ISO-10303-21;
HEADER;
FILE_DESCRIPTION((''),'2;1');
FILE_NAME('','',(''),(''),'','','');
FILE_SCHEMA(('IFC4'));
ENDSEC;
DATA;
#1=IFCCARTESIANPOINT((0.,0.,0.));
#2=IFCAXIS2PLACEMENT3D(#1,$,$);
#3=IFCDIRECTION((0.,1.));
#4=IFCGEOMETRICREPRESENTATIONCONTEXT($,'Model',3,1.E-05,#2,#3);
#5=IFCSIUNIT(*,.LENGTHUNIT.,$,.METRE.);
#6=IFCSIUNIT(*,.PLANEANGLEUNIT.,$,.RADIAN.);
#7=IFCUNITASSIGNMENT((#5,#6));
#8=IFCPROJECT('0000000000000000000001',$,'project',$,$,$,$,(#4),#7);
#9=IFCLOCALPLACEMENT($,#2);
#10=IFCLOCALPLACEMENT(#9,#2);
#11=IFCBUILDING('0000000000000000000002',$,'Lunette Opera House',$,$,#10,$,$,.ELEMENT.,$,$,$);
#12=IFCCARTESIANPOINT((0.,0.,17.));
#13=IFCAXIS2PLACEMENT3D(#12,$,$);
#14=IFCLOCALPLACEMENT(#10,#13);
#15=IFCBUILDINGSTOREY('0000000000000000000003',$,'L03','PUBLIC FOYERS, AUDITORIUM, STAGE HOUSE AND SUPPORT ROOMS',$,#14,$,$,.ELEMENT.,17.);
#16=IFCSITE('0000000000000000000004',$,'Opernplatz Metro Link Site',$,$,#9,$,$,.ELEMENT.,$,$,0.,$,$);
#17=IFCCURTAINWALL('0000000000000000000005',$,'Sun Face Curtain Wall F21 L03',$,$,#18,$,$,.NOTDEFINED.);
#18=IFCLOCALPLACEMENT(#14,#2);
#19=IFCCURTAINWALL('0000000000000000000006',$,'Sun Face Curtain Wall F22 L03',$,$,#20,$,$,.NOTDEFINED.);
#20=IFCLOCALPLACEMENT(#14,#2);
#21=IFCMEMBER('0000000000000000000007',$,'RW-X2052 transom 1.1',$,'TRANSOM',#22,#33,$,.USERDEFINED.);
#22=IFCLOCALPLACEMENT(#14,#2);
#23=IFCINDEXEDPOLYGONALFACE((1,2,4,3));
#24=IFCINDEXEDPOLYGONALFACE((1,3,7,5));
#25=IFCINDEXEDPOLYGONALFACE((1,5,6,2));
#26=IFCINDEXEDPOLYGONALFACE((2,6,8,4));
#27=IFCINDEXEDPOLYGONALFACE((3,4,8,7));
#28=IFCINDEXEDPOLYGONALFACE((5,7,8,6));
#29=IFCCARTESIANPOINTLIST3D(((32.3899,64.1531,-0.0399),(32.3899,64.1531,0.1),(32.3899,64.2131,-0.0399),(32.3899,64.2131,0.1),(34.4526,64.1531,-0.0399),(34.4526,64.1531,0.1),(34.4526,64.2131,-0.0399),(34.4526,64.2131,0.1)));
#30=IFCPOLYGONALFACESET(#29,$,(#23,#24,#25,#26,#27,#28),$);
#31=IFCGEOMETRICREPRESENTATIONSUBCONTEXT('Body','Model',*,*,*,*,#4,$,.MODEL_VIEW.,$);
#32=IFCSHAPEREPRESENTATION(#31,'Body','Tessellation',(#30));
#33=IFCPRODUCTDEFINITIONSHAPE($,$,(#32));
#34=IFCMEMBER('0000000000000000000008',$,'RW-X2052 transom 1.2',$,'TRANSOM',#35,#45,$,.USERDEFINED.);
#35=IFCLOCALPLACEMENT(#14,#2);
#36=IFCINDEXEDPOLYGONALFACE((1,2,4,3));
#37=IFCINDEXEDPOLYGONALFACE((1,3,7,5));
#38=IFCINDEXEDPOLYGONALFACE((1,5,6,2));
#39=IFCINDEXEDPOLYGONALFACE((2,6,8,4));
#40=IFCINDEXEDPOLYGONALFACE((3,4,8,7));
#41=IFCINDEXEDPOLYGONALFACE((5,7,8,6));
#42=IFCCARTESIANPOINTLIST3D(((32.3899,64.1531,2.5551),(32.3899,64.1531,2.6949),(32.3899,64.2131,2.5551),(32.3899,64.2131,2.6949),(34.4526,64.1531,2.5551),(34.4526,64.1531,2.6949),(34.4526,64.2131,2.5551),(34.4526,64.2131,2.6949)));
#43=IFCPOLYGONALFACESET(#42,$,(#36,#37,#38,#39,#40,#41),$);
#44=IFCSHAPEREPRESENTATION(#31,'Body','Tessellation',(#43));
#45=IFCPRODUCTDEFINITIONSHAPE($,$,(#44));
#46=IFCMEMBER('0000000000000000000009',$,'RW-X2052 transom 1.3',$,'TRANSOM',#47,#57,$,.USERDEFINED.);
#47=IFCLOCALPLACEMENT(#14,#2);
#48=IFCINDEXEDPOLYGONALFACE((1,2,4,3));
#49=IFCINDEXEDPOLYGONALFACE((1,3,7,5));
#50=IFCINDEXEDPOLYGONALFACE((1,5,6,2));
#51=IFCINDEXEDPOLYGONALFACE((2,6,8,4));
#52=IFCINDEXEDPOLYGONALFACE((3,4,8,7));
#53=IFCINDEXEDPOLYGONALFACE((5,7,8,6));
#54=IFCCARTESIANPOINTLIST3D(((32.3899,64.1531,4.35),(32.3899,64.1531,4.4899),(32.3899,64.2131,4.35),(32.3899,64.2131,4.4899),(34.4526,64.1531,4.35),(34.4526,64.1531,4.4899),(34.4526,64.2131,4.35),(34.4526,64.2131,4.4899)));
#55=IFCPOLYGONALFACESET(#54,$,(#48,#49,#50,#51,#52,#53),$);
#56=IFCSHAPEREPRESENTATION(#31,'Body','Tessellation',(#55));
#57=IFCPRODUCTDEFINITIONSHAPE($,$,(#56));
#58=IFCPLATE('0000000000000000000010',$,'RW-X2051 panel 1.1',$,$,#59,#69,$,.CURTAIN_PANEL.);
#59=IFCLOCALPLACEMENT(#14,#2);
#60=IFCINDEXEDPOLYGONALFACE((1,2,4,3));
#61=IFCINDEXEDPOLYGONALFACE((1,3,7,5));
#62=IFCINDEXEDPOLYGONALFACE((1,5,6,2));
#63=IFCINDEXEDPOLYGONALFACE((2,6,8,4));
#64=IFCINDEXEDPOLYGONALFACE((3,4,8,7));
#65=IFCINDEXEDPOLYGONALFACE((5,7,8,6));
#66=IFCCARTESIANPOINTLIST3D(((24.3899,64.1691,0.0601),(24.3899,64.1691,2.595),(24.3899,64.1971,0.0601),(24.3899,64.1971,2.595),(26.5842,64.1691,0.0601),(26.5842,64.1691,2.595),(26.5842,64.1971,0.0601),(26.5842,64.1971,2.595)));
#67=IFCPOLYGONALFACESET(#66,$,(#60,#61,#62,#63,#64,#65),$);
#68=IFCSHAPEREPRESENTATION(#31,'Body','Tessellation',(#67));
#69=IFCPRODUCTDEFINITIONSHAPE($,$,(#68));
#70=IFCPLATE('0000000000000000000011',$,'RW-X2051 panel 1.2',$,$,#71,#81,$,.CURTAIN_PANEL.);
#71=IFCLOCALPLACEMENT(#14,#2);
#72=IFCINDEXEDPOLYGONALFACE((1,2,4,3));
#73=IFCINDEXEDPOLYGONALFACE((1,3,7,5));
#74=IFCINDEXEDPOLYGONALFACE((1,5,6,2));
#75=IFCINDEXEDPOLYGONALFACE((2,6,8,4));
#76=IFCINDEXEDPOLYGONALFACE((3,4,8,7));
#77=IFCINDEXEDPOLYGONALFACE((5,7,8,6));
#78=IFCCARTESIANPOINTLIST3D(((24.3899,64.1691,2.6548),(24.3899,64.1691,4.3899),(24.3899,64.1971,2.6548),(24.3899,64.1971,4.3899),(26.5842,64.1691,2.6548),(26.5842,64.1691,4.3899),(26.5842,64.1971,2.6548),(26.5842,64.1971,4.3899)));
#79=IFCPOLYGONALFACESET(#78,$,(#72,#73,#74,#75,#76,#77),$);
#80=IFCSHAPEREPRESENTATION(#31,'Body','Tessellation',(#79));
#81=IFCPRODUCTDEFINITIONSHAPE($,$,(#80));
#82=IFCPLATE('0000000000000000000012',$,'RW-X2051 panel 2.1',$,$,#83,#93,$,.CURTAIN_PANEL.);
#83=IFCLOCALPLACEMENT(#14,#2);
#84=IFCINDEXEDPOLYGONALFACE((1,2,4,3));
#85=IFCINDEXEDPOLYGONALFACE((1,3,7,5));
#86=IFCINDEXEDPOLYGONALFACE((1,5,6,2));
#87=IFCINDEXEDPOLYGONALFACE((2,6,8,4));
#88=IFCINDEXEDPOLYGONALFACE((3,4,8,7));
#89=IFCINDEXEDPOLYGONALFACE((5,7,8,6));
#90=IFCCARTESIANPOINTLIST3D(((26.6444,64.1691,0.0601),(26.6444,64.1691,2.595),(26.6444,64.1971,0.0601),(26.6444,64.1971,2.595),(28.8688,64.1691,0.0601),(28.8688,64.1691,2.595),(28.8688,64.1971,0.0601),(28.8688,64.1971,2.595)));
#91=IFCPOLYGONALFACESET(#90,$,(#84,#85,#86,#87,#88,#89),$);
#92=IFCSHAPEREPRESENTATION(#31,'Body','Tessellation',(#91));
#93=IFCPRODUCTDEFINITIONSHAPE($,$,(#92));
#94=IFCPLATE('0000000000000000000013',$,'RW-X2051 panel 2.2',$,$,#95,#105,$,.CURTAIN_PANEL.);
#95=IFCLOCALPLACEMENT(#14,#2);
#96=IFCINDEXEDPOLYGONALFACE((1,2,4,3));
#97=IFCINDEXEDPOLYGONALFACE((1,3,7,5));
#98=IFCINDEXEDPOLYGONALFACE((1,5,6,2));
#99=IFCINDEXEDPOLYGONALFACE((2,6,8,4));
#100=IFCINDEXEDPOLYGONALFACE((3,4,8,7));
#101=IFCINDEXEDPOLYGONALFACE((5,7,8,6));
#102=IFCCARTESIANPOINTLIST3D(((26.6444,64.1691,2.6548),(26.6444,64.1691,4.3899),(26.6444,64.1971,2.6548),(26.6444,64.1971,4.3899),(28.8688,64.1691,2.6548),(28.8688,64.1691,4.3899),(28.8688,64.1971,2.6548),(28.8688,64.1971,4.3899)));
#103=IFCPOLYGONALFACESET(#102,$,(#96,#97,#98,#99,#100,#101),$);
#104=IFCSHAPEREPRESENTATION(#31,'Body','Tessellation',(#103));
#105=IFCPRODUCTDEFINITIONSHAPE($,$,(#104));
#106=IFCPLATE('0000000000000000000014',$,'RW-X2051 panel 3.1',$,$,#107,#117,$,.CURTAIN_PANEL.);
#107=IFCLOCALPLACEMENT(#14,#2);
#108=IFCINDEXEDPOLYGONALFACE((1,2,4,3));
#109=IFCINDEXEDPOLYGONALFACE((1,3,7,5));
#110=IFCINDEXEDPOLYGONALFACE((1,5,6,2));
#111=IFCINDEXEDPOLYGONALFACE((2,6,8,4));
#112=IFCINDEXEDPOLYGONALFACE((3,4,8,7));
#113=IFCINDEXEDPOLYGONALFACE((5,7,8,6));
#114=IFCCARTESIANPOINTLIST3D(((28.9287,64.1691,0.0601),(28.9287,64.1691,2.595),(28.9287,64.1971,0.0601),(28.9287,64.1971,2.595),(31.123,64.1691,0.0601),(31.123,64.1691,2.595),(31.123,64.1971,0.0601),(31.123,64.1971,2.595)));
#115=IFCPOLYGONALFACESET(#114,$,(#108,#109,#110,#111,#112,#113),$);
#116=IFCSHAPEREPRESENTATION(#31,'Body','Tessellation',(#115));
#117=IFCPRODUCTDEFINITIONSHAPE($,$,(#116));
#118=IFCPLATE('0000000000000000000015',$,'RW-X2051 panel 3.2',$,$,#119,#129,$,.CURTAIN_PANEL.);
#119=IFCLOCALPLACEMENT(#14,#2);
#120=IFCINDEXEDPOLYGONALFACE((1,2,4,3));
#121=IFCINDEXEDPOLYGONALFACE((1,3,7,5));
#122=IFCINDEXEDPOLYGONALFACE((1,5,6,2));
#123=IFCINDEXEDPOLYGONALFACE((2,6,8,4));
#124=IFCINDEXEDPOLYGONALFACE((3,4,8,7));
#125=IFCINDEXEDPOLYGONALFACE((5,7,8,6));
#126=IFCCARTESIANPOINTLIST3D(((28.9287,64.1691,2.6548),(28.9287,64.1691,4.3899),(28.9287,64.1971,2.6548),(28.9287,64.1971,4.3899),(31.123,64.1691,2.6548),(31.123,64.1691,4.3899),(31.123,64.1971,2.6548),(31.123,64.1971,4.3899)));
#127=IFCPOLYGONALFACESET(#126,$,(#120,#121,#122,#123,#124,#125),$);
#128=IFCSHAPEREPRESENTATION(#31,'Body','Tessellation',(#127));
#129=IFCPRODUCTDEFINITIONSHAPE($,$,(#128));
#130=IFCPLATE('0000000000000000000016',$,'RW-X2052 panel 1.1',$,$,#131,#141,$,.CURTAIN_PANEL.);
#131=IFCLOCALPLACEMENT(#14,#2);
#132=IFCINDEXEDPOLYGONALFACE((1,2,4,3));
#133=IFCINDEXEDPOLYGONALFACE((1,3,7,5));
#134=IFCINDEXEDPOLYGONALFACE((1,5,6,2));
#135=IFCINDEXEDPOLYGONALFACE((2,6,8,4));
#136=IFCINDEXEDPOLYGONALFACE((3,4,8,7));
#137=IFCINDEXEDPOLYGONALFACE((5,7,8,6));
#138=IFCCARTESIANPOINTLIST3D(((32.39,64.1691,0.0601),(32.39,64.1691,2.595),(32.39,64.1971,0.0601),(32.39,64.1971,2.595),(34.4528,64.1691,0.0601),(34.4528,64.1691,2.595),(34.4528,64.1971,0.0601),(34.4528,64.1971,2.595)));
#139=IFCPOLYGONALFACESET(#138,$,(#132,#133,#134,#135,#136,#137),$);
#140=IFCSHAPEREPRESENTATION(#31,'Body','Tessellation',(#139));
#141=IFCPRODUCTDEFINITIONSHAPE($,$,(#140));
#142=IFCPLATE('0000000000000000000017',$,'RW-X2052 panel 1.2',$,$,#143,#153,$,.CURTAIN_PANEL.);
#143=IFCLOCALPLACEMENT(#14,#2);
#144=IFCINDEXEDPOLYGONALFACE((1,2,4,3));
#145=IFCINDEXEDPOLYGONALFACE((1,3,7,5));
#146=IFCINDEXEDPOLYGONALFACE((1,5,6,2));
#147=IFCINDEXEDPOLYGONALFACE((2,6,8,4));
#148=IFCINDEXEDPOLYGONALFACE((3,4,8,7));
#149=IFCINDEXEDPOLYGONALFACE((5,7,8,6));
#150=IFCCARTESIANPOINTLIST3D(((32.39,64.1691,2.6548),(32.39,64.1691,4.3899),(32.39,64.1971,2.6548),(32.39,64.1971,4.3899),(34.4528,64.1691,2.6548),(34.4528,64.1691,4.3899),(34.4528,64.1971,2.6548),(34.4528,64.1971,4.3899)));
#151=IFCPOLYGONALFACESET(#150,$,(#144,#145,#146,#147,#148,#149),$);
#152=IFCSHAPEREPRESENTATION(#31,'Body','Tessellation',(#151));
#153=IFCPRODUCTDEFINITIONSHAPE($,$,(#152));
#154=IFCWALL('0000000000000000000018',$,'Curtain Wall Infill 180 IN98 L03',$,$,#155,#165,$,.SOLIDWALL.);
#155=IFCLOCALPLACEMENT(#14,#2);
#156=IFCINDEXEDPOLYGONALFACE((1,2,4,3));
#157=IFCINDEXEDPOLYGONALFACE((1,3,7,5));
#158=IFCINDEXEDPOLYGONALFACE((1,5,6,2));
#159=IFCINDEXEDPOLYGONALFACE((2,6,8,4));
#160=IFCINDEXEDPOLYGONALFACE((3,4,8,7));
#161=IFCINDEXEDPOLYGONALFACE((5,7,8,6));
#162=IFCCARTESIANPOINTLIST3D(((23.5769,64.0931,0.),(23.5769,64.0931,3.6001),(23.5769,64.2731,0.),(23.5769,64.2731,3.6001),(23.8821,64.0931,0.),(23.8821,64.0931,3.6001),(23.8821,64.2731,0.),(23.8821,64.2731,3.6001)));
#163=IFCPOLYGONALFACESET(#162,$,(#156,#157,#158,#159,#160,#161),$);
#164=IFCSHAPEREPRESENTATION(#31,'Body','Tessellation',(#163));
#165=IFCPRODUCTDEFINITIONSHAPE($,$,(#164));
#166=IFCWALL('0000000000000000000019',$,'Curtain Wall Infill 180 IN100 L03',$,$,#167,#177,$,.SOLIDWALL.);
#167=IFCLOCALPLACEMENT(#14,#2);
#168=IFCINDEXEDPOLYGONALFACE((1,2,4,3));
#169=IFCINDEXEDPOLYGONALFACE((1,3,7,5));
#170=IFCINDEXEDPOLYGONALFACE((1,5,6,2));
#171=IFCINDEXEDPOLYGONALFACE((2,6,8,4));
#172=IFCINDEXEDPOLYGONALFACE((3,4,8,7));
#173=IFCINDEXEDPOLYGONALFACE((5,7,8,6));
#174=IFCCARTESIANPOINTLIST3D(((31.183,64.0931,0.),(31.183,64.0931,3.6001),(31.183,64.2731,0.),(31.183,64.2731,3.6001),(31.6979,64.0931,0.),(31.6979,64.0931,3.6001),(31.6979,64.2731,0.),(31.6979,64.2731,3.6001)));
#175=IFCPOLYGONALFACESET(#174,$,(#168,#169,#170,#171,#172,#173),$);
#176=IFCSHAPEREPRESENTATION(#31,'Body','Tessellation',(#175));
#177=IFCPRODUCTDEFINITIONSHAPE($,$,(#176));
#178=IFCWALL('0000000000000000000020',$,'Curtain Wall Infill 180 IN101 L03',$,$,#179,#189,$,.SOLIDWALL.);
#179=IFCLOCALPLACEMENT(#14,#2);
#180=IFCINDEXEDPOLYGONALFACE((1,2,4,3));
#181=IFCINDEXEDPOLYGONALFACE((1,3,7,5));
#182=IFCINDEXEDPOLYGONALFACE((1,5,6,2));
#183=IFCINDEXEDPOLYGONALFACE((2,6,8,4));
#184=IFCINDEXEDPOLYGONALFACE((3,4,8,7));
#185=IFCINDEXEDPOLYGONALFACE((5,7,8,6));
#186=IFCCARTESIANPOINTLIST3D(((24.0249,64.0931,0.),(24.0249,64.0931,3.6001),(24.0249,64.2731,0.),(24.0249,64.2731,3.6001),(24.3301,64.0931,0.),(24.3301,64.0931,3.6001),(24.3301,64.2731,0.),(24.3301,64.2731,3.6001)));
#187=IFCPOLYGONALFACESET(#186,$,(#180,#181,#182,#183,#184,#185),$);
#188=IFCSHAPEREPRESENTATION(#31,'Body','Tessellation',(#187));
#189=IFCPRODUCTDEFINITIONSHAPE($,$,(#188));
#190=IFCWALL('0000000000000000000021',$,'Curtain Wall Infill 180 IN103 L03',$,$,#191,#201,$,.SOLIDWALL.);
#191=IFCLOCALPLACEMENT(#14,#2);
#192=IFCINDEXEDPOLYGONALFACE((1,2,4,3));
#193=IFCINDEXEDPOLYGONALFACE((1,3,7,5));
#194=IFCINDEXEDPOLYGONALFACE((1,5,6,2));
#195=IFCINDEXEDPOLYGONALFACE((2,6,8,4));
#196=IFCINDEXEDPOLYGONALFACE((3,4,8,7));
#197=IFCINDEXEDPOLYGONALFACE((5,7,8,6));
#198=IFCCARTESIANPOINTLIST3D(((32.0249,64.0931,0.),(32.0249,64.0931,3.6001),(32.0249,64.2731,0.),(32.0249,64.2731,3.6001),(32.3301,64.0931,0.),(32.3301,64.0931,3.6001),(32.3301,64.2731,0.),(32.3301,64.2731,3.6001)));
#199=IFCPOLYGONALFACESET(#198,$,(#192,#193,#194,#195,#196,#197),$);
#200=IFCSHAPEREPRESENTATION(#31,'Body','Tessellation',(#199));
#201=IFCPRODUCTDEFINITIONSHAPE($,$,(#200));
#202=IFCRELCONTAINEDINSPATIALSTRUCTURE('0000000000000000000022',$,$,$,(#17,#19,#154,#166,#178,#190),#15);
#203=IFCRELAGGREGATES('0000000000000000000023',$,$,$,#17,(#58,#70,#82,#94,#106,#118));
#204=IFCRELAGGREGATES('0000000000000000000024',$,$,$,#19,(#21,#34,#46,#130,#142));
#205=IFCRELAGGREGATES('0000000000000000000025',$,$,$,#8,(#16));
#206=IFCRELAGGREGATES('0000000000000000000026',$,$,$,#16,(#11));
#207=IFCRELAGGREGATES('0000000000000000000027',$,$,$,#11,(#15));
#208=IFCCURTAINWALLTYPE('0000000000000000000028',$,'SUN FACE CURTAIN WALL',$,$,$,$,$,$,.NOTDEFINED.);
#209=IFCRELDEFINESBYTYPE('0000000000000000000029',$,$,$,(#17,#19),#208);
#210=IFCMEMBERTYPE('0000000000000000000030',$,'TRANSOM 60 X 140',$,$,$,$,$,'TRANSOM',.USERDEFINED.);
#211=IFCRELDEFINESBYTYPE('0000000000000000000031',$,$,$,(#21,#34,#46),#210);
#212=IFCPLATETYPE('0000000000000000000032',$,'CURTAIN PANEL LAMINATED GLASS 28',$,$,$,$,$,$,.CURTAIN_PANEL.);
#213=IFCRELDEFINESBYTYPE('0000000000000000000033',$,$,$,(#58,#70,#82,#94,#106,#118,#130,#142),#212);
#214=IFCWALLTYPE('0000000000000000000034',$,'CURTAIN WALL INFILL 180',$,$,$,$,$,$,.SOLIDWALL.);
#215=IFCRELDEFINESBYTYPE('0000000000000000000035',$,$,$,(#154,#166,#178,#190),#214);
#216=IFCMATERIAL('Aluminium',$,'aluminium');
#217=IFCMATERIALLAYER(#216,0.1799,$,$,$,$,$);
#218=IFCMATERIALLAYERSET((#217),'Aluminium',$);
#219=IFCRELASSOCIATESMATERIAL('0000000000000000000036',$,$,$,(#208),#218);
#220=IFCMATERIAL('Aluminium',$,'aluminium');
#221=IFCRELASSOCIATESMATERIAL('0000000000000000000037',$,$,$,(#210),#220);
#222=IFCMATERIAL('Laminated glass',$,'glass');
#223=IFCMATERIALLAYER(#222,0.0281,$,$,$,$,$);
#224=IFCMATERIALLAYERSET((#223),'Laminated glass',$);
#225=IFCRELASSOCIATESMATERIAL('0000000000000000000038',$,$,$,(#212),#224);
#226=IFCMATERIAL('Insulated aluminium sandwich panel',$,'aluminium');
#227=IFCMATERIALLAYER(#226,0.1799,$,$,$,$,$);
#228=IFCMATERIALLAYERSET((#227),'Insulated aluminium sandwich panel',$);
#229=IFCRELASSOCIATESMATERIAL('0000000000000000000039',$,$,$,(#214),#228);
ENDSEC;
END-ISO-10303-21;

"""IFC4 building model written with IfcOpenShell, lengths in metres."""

from ifc_helpers import new_model, si_unit, direction, frame, frame_2d, origin, origin_2d, place, context, subcontext, project, spatial, rectangle, extrude, material, layer, layer_set, material_profile, profile_set, type_object, element, aggregate, save


model = new_model("IFC4")

# Units and contexts
model_context = context("Model", 3, precision=1e-05, world=origin(), true_north=direction((0.0, 1.0)))
body_context = subcontext(model_context, "Body", "Model", "MODEL_VIEW")
ifc_project = project(units=[si_unit("LENGTHUNIT", "METRE"), si_unit("PLANEANGLEUNIT", "RADIAN")], contexts=[model_context])

# Site, building, storey
site_placement = place(None, origin())
site = spatial("IfcSite", under=ifc_project, at=site_placement, Name="Opernplatz Metro Link Site", CompositionType="ELEMENT", RefElevation=0.0)
building_placement = place(site_placement, origin())
building = spatial("IfcBuilding", under=site, at=building_placement, Name="Lunette Opera House", CompositionType="ELEMENT")
storey_placement = place(building_placement, frame((0.0, 0.0, 17.0)))
storey = spatial("IfcBuildingStorey", under=building, at=storey_placement, Name="L03", Description="PUBLIC FOYERS, AUDITORIUM, STAGE HOUSE AND SUPPORT ROOMS", CompositionType="ELEMENT", Elevation=17.0)

# Shared definitions
ifc_material_1 = material(Name="Aluminium", Category="aluminium")
ifc_layer_1 = layer(ifc_material_1, 0.1799)
ifc_layer_set_1 = layer_set([ifc_layer_1], Name="Aluminium")
curtain_wall_type = type_object("IfcCurtainWallType", Name="SUN FACE CURTAIN WALL", PredefinedType="NOTDEFINED", material=ifc_layer_set_1)

# Curtain wall
curtain_wall_1_placement = place(storey_placement, origin())
curtain_wall_1 = element("IfcCurtainWall", 1, at=curtain_wall_1_placement, inside=storey, type_object=curtain_wall_type, Name="Sun Face Curtain Wall F21 L03", PredefinedType="NOTDEFINED")

# Curtain wall
curtain_wall_2_placement = place(storey_placement, origin())
curtain_wall_2 = element("IfcCurtainWall", 2, at=curtain_wall_2_placement, inside=storey, type_object=curtain_wall_type, Name="Sun Face Curtain Wall F22 L03", PredefinedType="NOTDEFINED")

# Members
ifc_material_2 = material(Name="Aluminium", Category="aluminium")
ifc_material_profile_1 = material_profile(ifc_material_2, rectangle(XDim=0.0601, YDim=0.1399, at=origin_2d()), Name="TRANSOM 60 X 140")
ifc_profile_set_1 = profile_set([ifc_material_profile_1], Name="Aluminium")
member_type_1 = type_object("IfcMemberType", Name="TRANSOM 60 X 140", ElementType="TRANSOM", PredefinedType="USERDEFINED", material=ifc_profile_set_1)
member_1_placement = place(storey_placement, frame((32.3899, 64.1831, 0.03), z_axis=(1.0, 0.0, 0.0), x_axis=(0.0, 1.0, 0.0)))
member_1 = element("IfcMember", 3, at=member_1_placement, type_object=member_type_1, Name="RW-X2052 transom 1.1", ObjectType="TRANSOM", PredefinedType="USERDEFINED", context=body_context, shape_type="SweptSolid", body=[
    extrude(rectangle(XDim=0.0601, YDim=0.1399, at=origin_2d()), origin(), (0.0, 0.0, 1.0), 2.0627),
])
member_2_placement = place(storey_placement, frame((32.3899, 64.1831, 2.625), z_axis=(1.0, 0.0, 0.0), x_axis=(0.0, 1.0, 0.0)))
member_2 = element("IfcMember", 4, at=member_2_placement, type_object=member_type_1, Name="RW-X2052 transom 1.2", ObjectType="TRANSOM", PredefinedType="USERDEFINED", context=body_context, shape_type="SweptSolid", body=[
    extrude(rectangle(XDim=0.0601, YDim=0.1399, at=origin_2d()), origin(), (0.0, 0.0, 1.0), 2.0627),
])
member_3_placement = place(storey_placement, frame((32.3899, 64.1831, 4.4199), z_axis=(1.0, 0.0, 0.0), x_axis=(0.0, 1.0, 0.0)))
member_3 = element("IfcMember", 5, at=member_3_placement, type_object=member_type_1, Name="RW-X2052 transom 1.3", ObjectType="TRANSOM", PredefinedType="USERDEFINED", context=body_context, shape_type="SweptSolid", body=[
    extrude(rectangle(XDim=0.0601, YDim=0.1399, at=origin_2d()), origin(), (0.0, 0.0, 1.0), 2.0627),
])

# Plates
ifc_material_3 = material(Name="Laminated glass", Category="glass")
ifc_layer_2 = layer(ifc_material_3, 0.0281)
ifc_layer_set_2 = layer_set([ifc_layer_2], Name="Laminated glass")
plate_type = type_object("IfcPlateType", Name="CURTAIN PANEL LAMINATED GLASS 28", PredefinedType="CURTAIN_PANEL", material=ifc_layer_set_2)
plate_1_placement = place(storey_placement, frame((25.4871, 64.1831, 0.0601), z_axis=(0.0, 0.0, 1.0), x_axis=(1.0, 0.0, 0.0)))
plate_1 = element("IfcPlate", 6, at=plate_1_placement, type_object=plate_type, Name="RW-X2051 panel 1.1", PredefinedType="CURTAIN_PANEL", context=body_context, shape_type="SweptSolid", body=[
    extrude(rectangle(XDim=2.1943, YDim=0.0281, at=origin_2d()), origin(), (0.0, 0.0, 1.0), 2.5349),
])
plate_2_placement = place(storey_placement, frame((25.4871, 64.1831, 2.6548), z_axis=(0.0, 0.0, 1.0), x_axis=(1.0, 0.0, 0.0)))
plate_2 = element("IfcPlate", 7, at=plate_2_placement, type_object=plate_type, Name="RW-X2051 panel 1.2", PredefinedType="CURTAIN_PANEL", context=body_context, shape_type="SweptSolid", body=[
    extrude(rectangle(XDim=2.1943, YDim=0.0281, at=origin_2d()), origin(), (0.0, 0.0, 1.0), 1.7351),
])
plate_3_placement = place(storey_placement, frame((27.7566, 64.1831, 0.0601), z_axis=(0.0, 0.0, 1.0), x_axis=(1.0, 0.0, 0.0)))
plate_3 = element("IfcPlate", 8, at=plate_3_placement, type_object=plate_type, Name="RW-X2051 panel 2.1", PredefinedType="CURTAIN_PANEL", context=body_context, shape_type="SweptSolid", body=[
    extrude(rectangle(XDim=2.2244, YDim=0.0281, at=origin_2d()), origin(), (0.0, 0.0, 1.0), 2.5349),
])
plate_4_placement = place(storey_placement, frame((27.7566, 64.1831, 2.6548), z_axis=(0.0, 0.0, 1.0), x_axis=(1.0, 0.0, 0.0)))
plate_4 = element("IfcPlate", 9, at=plate_4_placement, type_object=plate_type, Name="RW-X2051 panel 2.2", PredefinedType="CURTAIN_PANEL", context=body_context, shape_type="SweptSolid", body=[
    extrude(rectangle(XDim=2.2244, YDim=0.0281, at=origin_2d()), origin(), (0.0, 0.0, 1.0), 1.7351),
])
plate_5_placement = place(storey_placement, frame((30.0259, 64.1831, 0.0601), z_axis=(0.0, 0.0, 1.0), x_axis=(1.0, 0.0, 0.0)))
plate_5 = element("IfcPlate", 10, at=plate_5_placement, type_object=plate_type, Name="RW-X2051 panel 3.1", PredefinedType="CURTAIN_PANEL", context=body_context, shape_type="SweptSolid", body=[
    extrude(rectangle(XDim=2.1943, YDim=0.0281, at=origin_2d()), origin(), (0.0, 0.0, 1.0), 2.5349),
])
plate_6_placement = place(storey_placement, frame((30.0259, 64.1831, 2.6548), z_axis=(0.0, 0.0, 1.0), x_axis=(1.0, 0.0, 0.0)))
plate_6 = element("IfcPlate", 11, at=plate_6_placement, type_object=plate_type, Name="RW-X2051 panel 3.2", PredefinedType="CURTAIN_PANEL", context=body_context, shape_type="SweptSolid", body=[
    extrude(rectangle(XDim=2.1943, YDim=0.0281, at=origin_2d()), origin(), (0.0, 0.0, 1.0), 1.7351),
])
aggregate(curtain_wall_1, [plate_1, plate_2, plate_3, plate_4, plate_5, plate_6])
plate_7_placement = place(storey_placement, frame((33.4214, 64.1831, 0.0601), z_axis=(0.0, 0.0, 1.0), x_axis=(1.0, 0.0, 0.0)))
plate_7 = element("IfcPlate", 12, at=plate_7_placement, type_object=plate_type, Name="RW-X2052 panel 1.1", PredefinedType="CURTAIN_PANEL", context=body_context, shape_type="SweptSolid", body=[
    extrude(rectangle(XDim=2.0627, YDim=0.0281, at=origin_2d()), origin(), (0.0, 0.0, 1.0), 2.5349),
])
plate_8_placement = place(storey_placement, frame((33.4214, 64.1831, 2.6548), z_axis=(0.0, 0.0, 1.0), x_axis=(1.0, 0.0, 0.0)))
plate_8 = element("IfcPlate", 13, at=plate_8_placement, type_object=plate_type, Name="RW-X2052 panel 1.2", PredefinedType="CURTAIN_PANEL", context=body_context, shape_type="SweptSolid", body=[
    extrude(rectangle(XDim=2.0627, YDim=0.0281, at=origin_2d()), origin(), (0.0, 0.0, 1.0), 1.7351),
])
aggregate(curtain_wall_2, [member_1, member_2, member_3, plate_7, plate_8])

# Walls
ifc_material_4 = material(Name="Insulated aluminium sandwich panel", Category="aluminium")
ifc_layer_3 = layer(ifc_material_4, 0.1799)
ifc_layer_set_3 = layer_set([ifc_layer_3], Name="Insulated aluminium sandwich panel")
wall_type = type_object("IfcWallType", Name="CURTAIN WALL INFILL 180", PredefinedType="SOLIDWALL", material=ifc_layer_set_3)
wall_1_placement = place(storey_placement, frame((23.5769, 64.1831, 0.0), z_axis=(0.0, 0.0, 1.0), x_axis=(1.0, 0.0, 0.0)))
element("IfcWall", 14, at=wall_1_placement, inside=storey, type_object=wall_type, Name="Curtain Wall Infill 180 IN98 L03", PredefinedType="SOLIDWALL", context=body_context, shape_type="SweptSolid", body=[
    extrude(rectangle(XDim=0.3052, YDim=0.1799, at=frame_2d((0.1526, 0.0))), origin(), (0.0, 0.0, 1.0), 3.6001),
])
wall_2_placement = place(storey_placement, frame((31.1831, 64.1831, 0.0), z_axis=(0.0, 0.0, 1.0), x_axis=(1.0, 0.0, 0.0)))
element("IfcWall", 15, at=wall_2_placement, inside=storey, type_object=wall_type, Name="Curtain Wall Infill 180 IN100 L03", PredefinedType="SOLIDWALL", context=body_context, shape_type="SweptSolid", body=[
    extrude(rectangle(XDim=0.5149, YDim=0.1799, at=frame_2d((0.2573, 0.0))), origin(), (0.0, 0.0, 1.0), 3.6001),
])
for number, where, z_axis, x_axis, name in (
    (16, (24.3301, 64.1831, 0.0), (0.0, 0.0, 1.0), (-1.0, 0.0, 0.0), "Curtain Wall Infill 180 IN101 L03"),
    (17, (32.3301, 64.1831, 0.0), (0.0, 0.0, 1.0), (-1.0, 0.0, 0.0), "Curtain Wall Infill 180 IN103 L03"),
):
    element("IfcWall", number, at=place(storey_placement, frame(where, z_axis=z_axis, x_axis=x_axis)), inside=storey, type_object=wall_type, Name=name, PredefinedType="SOLIDWALL", context=body_context, shape_type="SweptSolid", body=[
        extrude(rectangle(XDim=0.3052, YDim=0.1799, at=frame_2d((0.1526, 0.0))), origin(), (0.0, 0.0, 1.0), 3.6001),
    ])

save(model, "model.ifc")
